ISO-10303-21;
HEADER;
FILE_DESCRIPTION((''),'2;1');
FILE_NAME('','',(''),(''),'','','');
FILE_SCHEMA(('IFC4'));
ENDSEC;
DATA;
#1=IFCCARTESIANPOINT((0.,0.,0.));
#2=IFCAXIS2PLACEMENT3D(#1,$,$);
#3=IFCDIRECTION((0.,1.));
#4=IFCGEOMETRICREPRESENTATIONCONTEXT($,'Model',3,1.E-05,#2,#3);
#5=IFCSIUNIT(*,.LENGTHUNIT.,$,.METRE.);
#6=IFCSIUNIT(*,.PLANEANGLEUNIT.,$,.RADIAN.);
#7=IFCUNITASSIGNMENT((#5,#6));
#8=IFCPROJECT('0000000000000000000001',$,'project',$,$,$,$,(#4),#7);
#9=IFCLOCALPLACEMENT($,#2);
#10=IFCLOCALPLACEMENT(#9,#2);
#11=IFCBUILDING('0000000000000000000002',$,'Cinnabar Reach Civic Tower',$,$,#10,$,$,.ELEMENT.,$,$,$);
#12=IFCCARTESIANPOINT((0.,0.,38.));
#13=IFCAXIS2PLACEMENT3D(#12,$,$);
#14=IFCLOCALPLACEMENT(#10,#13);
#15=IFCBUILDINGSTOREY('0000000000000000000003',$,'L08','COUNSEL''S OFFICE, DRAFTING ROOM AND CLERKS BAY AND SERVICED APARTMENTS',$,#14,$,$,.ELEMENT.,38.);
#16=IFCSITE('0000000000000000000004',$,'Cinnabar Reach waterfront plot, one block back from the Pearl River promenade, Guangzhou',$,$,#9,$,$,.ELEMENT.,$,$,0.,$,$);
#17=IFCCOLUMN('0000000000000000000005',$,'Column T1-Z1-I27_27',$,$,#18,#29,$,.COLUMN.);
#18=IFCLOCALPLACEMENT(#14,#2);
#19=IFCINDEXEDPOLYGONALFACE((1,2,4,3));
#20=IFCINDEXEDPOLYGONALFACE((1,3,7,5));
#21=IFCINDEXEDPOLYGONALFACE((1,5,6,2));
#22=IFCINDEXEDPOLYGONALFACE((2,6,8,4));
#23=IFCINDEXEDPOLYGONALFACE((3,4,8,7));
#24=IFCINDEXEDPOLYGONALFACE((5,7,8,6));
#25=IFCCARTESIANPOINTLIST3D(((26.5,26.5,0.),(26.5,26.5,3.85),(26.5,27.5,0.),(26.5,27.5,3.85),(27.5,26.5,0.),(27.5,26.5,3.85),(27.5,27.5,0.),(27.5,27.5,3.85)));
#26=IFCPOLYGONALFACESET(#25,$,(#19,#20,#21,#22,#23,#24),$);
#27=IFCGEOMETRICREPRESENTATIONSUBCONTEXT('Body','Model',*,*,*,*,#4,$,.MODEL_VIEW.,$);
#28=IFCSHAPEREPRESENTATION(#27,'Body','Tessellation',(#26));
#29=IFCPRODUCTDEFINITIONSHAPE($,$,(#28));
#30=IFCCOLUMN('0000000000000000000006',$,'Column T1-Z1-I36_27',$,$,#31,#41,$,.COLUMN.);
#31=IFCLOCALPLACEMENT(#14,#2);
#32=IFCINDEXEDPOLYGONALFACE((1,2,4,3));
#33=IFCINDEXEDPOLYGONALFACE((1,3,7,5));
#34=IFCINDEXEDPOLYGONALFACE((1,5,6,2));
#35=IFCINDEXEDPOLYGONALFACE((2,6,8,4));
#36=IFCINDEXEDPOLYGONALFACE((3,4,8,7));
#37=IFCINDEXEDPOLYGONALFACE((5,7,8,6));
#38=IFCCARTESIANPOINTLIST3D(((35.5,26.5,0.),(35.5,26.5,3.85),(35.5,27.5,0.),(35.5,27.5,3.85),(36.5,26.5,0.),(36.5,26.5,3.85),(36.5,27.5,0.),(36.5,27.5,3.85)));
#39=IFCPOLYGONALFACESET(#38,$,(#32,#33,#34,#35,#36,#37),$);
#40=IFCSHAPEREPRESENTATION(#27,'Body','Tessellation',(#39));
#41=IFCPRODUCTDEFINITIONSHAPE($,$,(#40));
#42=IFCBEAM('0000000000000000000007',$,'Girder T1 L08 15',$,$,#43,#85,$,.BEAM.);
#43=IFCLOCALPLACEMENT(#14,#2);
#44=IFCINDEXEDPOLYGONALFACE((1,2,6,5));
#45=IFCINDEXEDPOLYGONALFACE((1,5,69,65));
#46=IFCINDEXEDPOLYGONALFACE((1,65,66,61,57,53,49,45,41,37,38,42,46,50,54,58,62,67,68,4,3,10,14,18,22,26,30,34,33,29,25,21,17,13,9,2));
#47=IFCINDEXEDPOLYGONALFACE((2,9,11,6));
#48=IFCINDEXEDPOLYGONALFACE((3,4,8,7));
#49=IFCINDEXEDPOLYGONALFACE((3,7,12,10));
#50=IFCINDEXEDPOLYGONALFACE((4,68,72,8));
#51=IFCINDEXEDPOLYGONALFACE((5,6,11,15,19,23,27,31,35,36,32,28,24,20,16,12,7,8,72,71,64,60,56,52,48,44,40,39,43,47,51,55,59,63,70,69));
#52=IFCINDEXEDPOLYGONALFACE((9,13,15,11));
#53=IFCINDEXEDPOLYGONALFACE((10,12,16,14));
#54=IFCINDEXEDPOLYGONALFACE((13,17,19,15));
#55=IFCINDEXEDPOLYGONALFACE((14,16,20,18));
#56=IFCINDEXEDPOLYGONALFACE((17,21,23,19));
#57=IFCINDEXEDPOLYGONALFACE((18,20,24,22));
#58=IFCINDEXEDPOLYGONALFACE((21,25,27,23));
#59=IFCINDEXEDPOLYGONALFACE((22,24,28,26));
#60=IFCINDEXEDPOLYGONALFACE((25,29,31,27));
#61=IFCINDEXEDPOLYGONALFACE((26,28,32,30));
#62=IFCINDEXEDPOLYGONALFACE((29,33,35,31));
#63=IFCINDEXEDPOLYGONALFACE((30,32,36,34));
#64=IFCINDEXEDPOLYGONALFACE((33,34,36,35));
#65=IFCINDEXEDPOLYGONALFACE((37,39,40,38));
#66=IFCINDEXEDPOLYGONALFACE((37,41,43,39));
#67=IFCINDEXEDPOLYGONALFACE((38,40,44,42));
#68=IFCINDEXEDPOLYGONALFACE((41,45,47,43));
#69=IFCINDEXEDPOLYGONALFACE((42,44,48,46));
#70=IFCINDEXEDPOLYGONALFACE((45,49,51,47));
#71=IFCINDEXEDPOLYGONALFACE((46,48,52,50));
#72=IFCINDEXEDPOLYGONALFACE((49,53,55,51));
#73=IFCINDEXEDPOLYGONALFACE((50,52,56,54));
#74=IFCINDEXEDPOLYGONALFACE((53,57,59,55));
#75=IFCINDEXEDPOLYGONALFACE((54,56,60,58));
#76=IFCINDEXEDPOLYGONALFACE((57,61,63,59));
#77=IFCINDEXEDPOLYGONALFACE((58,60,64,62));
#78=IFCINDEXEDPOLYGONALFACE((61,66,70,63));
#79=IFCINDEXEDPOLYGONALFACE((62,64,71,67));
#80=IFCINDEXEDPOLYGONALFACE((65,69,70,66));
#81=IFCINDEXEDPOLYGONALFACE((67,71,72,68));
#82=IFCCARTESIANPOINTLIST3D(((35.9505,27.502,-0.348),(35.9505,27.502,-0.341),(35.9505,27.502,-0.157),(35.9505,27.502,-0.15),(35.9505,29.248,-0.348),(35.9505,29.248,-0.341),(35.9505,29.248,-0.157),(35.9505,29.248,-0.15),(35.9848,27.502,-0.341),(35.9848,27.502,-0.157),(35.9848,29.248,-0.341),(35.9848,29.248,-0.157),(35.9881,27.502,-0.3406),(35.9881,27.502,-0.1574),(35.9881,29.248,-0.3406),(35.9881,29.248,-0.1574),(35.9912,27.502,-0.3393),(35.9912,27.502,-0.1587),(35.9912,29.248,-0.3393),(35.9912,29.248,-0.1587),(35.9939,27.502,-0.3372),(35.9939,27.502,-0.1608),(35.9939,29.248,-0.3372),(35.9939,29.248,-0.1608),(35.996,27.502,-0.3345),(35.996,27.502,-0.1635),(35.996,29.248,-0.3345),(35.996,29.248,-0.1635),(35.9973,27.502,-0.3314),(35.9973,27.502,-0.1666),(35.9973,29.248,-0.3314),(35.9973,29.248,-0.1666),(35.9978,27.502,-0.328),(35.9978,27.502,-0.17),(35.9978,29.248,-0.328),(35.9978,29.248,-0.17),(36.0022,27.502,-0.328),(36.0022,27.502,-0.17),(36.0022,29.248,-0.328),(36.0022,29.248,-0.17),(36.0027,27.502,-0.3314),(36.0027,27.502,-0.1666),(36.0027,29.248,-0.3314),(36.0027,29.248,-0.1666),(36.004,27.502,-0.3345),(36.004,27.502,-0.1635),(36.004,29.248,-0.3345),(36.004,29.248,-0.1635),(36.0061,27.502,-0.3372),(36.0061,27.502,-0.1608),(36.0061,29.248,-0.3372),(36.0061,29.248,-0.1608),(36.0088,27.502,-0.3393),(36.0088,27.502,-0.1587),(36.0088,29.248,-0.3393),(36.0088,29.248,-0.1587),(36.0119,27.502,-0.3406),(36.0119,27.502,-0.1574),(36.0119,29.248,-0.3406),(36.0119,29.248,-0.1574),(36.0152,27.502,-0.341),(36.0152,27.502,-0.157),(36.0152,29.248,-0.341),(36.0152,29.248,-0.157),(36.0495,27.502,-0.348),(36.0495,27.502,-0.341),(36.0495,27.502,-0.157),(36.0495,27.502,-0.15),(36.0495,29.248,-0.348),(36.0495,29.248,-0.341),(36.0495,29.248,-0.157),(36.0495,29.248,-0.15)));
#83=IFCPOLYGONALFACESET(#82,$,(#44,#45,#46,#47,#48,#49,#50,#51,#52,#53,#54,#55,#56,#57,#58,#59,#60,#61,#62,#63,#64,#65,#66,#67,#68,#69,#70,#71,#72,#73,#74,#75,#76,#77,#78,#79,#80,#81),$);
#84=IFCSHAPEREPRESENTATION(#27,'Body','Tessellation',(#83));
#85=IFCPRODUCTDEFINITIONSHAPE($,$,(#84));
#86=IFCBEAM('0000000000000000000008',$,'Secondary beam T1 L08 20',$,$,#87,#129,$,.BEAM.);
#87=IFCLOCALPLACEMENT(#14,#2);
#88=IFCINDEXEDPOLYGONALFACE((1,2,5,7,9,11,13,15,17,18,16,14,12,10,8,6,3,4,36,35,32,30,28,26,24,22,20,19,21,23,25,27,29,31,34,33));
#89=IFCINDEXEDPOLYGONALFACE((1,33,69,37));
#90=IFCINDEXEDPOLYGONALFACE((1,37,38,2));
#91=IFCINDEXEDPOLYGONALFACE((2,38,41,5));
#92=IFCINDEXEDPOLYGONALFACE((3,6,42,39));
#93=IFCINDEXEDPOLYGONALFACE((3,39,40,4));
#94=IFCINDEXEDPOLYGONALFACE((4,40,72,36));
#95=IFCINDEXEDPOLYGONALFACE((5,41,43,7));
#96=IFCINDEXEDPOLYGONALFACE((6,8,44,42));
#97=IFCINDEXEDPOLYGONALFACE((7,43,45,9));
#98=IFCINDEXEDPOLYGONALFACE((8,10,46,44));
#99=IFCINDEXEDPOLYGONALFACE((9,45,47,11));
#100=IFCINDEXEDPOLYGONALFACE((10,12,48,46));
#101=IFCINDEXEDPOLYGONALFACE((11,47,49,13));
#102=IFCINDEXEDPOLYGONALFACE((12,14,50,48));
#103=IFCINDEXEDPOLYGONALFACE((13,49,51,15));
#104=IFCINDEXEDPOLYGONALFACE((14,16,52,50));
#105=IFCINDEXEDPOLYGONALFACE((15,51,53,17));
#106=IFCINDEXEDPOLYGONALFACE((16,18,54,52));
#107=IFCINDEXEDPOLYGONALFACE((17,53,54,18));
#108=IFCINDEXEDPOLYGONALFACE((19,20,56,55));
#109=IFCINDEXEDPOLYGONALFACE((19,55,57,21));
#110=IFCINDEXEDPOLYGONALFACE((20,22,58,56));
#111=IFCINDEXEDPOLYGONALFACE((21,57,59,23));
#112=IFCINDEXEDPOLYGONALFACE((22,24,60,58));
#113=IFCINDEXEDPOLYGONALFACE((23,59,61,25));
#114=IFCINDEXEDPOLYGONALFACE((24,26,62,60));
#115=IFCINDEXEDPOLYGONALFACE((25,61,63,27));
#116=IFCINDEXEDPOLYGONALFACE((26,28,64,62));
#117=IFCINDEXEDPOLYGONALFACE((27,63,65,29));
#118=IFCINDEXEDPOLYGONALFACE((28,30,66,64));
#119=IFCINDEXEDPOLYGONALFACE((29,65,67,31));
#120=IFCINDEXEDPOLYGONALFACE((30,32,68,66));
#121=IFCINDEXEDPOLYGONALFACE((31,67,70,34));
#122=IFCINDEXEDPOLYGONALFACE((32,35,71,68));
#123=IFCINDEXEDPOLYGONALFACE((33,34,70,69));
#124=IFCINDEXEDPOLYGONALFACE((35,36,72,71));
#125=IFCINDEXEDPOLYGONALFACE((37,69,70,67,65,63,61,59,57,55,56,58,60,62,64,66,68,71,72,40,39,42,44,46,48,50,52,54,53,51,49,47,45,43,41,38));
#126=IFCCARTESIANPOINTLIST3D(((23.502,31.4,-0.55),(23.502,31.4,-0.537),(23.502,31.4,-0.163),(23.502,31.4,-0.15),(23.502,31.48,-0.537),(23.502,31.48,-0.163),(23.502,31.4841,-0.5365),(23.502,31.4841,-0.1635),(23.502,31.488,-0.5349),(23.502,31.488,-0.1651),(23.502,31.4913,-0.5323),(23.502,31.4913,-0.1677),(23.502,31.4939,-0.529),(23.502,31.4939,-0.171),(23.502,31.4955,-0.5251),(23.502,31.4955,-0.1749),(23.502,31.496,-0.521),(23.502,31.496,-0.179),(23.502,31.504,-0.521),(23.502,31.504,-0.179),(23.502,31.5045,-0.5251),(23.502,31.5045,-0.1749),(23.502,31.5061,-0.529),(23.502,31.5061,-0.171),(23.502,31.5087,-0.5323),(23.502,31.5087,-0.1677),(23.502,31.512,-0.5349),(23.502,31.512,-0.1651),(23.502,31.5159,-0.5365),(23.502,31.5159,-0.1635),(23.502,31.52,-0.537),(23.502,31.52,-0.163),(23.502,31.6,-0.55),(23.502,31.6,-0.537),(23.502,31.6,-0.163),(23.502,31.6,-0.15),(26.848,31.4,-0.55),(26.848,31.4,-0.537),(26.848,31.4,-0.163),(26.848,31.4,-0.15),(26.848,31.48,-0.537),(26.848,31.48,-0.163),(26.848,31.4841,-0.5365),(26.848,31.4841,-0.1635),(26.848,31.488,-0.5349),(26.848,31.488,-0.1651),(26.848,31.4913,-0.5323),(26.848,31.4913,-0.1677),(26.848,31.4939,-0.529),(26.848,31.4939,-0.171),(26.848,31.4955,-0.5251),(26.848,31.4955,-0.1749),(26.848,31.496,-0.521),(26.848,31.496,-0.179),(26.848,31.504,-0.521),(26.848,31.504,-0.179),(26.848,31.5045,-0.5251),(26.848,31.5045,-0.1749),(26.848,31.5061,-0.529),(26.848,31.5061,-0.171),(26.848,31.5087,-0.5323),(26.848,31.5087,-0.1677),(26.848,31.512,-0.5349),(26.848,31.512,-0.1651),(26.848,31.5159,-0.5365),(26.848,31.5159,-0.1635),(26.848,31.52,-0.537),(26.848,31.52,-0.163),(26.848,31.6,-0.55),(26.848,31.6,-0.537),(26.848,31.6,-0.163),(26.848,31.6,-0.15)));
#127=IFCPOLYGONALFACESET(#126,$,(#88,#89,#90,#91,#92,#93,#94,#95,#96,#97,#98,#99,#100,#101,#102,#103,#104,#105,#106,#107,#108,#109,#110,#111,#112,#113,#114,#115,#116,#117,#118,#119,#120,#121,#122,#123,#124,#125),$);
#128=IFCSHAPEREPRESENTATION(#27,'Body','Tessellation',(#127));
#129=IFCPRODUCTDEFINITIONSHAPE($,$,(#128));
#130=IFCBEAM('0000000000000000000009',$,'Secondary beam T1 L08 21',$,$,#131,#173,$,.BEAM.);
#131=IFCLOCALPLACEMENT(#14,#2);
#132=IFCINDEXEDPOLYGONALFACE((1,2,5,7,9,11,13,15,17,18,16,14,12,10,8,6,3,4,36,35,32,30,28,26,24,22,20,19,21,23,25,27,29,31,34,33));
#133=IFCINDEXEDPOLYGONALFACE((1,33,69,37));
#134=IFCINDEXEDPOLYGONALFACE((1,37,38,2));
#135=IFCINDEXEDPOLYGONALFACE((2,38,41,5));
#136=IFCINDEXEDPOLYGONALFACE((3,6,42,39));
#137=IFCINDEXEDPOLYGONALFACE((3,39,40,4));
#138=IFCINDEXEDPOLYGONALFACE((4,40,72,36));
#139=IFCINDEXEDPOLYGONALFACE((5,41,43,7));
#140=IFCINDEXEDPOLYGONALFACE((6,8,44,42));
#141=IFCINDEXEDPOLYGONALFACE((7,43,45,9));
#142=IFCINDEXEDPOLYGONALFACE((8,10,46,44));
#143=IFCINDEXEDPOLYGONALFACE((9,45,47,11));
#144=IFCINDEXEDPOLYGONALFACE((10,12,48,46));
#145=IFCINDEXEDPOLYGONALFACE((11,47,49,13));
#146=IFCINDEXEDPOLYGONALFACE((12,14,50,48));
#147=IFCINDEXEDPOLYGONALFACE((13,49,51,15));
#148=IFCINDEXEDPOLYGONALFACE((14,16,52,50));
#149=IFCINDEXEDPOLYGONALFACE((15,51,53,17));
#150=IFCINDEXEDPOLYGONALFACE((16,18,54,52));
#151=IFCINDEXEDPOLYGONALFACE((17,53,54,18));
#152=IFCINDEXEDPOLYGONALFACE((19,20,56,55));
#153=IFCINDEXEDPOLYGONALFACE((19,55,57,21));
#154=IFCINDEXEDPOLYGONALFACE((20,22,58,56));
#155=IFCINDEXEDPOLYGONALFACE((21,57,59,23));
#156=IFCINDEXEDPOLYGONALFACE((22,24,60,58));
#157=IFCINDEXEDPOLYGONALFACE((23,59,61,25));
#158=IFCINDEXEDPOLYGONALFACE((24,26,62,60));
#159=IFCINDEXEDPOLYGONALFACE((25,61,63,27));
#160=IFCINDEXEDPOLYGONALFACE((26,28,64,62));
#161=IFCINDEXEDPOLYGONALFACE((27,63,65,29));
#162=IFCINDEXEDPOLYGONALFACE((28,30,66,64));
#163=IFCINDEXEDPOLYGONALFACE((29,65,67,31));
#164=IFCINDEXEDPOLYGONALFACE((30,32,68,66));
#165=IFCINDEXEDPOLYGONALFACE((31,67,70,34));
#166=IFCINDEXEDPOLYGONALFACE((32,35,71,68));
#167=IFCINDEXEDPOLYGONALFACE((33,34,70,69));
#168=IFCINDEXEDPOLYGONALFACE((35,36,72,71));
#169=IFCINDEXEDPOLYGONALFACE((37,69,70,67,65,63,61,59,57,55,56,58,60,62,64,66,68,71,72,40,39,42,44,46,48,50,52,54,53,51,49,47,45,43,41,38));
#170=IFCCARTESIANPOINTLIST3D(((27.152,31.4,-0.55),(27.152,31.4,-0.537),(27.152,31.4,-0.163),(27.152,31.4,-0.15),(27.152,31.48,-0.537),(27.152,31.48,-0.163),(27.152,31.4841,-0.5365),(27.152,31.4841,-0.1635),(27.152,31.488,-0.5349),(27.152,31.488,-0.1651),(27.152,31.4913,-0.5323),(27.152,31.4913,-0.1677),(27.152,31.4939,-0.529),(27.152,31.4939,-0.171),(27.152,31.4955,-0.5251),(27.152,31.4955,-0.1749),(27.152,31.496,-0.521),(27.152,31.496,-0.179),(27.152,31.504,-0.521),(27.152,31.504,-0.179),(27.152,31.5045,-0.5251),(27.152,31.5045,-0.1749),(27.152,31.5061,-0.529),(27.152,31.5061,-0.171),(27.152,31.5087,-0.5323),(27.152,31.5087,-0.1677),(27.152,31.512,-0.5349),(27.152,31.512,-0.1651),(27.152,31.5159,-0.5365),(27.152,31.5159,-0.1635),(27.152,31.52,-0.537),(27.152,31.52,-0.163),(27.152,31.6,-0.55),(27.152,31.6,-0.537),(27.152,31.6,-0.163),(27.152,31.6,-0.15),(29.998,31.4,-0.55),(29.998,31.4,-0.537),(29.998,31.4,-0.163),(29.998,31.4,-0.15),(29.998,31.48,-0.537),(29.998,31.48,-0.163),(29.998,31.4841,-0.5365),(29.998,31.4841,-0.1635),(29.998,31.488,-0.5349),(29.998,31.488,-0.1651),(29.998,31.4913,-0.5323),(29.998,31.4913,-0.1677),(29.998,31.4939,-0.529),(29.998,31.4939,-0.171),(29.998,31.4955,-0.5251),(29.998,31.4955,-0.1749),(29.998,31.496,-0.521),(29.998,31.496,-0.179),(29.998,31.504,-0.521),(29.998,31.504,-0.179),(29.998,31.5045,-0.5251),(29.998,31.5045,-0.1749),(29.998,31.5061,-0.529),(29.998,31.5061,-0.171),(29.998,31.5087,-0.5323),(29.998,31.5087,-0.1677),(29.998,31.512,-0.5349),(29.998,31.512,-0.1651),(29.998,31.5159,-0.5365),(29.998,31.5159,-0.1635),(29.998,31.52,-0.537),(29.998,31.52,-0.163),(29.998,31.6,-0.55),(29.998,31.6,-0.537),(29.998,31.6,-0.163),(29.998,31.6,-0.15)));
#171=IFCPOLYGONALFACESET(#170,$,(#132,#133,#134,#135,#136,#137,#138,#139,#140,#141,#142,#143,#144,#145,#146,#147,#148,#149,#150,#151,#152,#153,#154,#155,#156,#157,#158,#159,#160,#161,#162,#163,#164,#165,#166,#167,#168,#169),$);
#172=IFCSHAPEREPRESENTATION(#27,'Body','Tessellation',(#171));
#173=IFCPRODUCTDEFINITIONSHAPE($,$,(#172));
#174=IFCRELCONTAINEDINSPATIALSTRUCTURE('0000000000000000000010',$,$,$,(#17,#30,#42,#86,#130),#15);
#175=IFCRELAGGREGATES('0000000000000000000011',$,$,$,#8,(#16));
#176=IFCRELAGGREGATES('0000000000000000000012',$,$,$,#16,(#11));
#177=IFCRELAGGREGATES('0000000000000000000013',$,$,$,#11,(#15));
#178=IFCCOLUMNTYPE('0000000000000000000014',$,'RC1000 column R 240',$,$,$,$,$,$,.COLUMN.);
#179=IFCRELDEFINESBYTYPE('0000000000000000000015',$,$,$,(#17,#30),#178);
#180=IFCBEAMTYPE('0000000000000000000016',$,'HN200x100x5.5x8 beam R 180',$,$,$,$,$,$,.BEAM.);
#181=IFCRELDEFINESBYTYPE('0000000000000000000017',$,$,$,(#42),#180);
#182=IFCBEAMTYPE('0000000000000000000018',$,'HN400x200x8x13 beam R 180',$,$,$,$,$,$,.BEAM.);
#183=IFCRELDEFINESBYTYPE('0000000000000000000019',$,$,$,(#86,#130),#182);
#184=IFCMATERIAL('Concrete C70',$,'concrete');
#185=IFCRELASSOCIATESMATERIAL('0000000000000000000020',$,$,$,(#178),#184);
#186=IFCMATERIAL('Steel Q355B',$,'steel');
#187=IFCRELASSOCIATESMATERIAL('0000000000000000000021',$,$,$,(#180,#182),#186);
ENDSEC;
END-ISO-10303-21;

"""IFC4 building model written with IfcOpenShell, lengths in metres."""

from ifc_helpers import new_model, si_unit, direction, frame, origin, origin_2d, place, context, subcontext, project, spatial, rectangle, i_section, extrude, material, material_profile, profile_set, type_object, element, save


model = new_model("IFC4")

# Units and contexts
model_context = context("Model", 3, precision=1e-05, world=origin(), true_north=direction((0.0, 1.0)))
body_context = subcontext(model_context, "Body", "Model", "MODEL_VIEW")
ifc_project = project(units=[si_unit("LENGTHUNIT", "METRE"), si_unit("PLANEANGLEUNIT", "RADIAN")], contexts=[model_context])

# Site, building, storey
site_placement = place(None, origin())
site = spatial("IfcSite", under=ifc_project, at=site_placement, Name="Cinnabar Reach waterfront plot, one block back from the Pearl River promenade, Guangzhou", CompositionType="ELEMENT", RefElevation=0.0)
building_placement = place(site_placement, origin())
building = spatial("IfcBuilding", under=site, at=building_placement, Name="Cinnabar Reach Civic Tower", CompositionType="ELEMENT")
storey_placement = place(building_placement, frame((0.0, 0.0, 38.0)))
storey = spatial("IfcBuildingStorey", under=building, at=storey_placement, Name="L08", Description="COUNSEL'S OFFICE, DRAFTING ROOM AND CLERKS BAY AND SERVICED APARTMENTS", CompositionType="ELEMENT", Elevation=38.0)

# Columns
ifc_material_1 = material(Name="Concrete C70", Category="concrete")
ifc_material_profile_1 = material_profile(ifc_material_1, rectangle(XDim=1.0, YDim=1.0, at=origin_2d()), Name="RC1000")
ifc_profile_set_1 = profile_set([ifc_material_profile_1], Name="Concrete C70")
column_type = type_object("IfcColumnType", Name="RC1000 column R 240", PredefinedType="COLUMN", material=ifc_profile_set_1)
for number, where, z_axis, x_axis, name in (
    (1, (27.0, 27.0, 0.0), (0.0, 0.0, 1.0), (1.0, 0.0, 0.0), "Column T1-Z1-I27_27"),
    (2, (36.0, 27.0, 0.0), (0.0, 0.0, 1.0), (1.0, 0.0, 0.0), "Column T1-Z1-I36_27"),
):
    element("IfcColumn", number, at=place(storey_placement, frame(where, z_axis=z_axis, x_axis=x_axis)), inside=storey, type_object=column_type, Name=name, PredefinedType="COLUMN", context=body_context, shape_type="SweptSolid", body=[
        extrude(rectangle(XDim=1.0, YDim=1.0, at=origin_2d()), origin(), (0.0, 0.0, 1.0), 3.85),
    ])

# Beams
ifc_material_2 = material(Name="Steel Q355B", Category="steel")
ifc_material_profile_2 = material_profile(ifc_material_2, i_section(OverallWidth=0.099, OverallDepth=0.198, WebThickness=0.0045, FlangeThickness=0.007, FilletRadius=0.013, at=origin_2d()), Name="HN200x100x5.5x8")
ifc_profile_set_2 = profile_set([ifc_material_profile_2], Name="Steel Q355B")
beam_type_1 = type_object("IfcBeamType", Name="HN200x100x5.5x8 beam R 180", PredefinedType="BEAM", material=ifc_profile_set_2)
beam_1_placement = place(storey_placement, frame((36.0, 27.502, -0.249), z_axis=(0.0, 1.0, 0.0), x_axis=(-1.0, 0.0, 0.0)))
element("IfcBeam", 3, at=beam_1_placement, inside=storey, type_object=beam_type_1, Name="Girder T1 L08 15", PredefinedType="BEAM", context=body_context, shape_type="SweptSolid", body=[
    extrude(i_section(OverallWidth=0.099, OverallDepth=0.198, WebThickness=0.0045, FlangeThickness=0.007, FilletRadius=0.013, at=origin_2d()), origin(), (0.0, 0.0, 1.0), 1.746),
])
ifc_material_profile_3 = material_profile(ifc_material_2, i_section(OverallWidth=0.2, OverallDepth=0.4, WebThickness=0.008, FlangeThickness=0.013, FilletRadius=0.016, at=origin_2d()), Name="HN400x200x8x13")
ifc_profile_set_3 = profile_set([ifc_material_profile_3], Name="Steel Q355B")
beam_type_2 = type_object("IfcBeamType", Name="HN400x200x8x13 beam R 180", PredefinedType="BEAM", material=ifc_profile_set_3)
beam_2_placement = place(storey_placement, frame((23.502, 31.5, -0.35), z_axis=(1.0, 0.0, 0.0), x_axis=(0.0, 1.0, 0.0)))
element("IfcBeam", 4, at=beam_2_placement, inside=storey, type_object=beam_type_2, Name="Secondary beam T1 L08 20", PredefinedType="BEAM", context=body_context, shape_type="SweptSolid", body=[
    extrude(i_section(OverallWidth=0.2, OverallDepth=0.4, WebThickness=0.008, FlangeThickness=0.013, FilletRadius=0.016, at=origin_2d()), origin(), (0.0, 0.0, 1.0), 3.346),
])
beam_3_placement = place(storey_placement, frame((27.152, 31.5, -0.35), z_axis=(1.0, 0.0, 0.0), x_axis=(0.0, 1.0, 0.0)))
element("IfcBeam", 5, at=beam_3_placement, inside=storey, type_object=beam_type_2, Name="Secondary beam T1 L08 21", PredefinedType="BEAM", context=body_context, shape_type="SweptSolid", body=[
    extrude(i_section(OverallWidth=0.2, OverallDepth=0.4, WebThickness=0.008, FlangeThickness=0.013, FilletRadius=0.016, at=origin_2d()), origin(), (0.0, 0.0, 1.0), 2.846),
])

save(model, "model.ifc")
